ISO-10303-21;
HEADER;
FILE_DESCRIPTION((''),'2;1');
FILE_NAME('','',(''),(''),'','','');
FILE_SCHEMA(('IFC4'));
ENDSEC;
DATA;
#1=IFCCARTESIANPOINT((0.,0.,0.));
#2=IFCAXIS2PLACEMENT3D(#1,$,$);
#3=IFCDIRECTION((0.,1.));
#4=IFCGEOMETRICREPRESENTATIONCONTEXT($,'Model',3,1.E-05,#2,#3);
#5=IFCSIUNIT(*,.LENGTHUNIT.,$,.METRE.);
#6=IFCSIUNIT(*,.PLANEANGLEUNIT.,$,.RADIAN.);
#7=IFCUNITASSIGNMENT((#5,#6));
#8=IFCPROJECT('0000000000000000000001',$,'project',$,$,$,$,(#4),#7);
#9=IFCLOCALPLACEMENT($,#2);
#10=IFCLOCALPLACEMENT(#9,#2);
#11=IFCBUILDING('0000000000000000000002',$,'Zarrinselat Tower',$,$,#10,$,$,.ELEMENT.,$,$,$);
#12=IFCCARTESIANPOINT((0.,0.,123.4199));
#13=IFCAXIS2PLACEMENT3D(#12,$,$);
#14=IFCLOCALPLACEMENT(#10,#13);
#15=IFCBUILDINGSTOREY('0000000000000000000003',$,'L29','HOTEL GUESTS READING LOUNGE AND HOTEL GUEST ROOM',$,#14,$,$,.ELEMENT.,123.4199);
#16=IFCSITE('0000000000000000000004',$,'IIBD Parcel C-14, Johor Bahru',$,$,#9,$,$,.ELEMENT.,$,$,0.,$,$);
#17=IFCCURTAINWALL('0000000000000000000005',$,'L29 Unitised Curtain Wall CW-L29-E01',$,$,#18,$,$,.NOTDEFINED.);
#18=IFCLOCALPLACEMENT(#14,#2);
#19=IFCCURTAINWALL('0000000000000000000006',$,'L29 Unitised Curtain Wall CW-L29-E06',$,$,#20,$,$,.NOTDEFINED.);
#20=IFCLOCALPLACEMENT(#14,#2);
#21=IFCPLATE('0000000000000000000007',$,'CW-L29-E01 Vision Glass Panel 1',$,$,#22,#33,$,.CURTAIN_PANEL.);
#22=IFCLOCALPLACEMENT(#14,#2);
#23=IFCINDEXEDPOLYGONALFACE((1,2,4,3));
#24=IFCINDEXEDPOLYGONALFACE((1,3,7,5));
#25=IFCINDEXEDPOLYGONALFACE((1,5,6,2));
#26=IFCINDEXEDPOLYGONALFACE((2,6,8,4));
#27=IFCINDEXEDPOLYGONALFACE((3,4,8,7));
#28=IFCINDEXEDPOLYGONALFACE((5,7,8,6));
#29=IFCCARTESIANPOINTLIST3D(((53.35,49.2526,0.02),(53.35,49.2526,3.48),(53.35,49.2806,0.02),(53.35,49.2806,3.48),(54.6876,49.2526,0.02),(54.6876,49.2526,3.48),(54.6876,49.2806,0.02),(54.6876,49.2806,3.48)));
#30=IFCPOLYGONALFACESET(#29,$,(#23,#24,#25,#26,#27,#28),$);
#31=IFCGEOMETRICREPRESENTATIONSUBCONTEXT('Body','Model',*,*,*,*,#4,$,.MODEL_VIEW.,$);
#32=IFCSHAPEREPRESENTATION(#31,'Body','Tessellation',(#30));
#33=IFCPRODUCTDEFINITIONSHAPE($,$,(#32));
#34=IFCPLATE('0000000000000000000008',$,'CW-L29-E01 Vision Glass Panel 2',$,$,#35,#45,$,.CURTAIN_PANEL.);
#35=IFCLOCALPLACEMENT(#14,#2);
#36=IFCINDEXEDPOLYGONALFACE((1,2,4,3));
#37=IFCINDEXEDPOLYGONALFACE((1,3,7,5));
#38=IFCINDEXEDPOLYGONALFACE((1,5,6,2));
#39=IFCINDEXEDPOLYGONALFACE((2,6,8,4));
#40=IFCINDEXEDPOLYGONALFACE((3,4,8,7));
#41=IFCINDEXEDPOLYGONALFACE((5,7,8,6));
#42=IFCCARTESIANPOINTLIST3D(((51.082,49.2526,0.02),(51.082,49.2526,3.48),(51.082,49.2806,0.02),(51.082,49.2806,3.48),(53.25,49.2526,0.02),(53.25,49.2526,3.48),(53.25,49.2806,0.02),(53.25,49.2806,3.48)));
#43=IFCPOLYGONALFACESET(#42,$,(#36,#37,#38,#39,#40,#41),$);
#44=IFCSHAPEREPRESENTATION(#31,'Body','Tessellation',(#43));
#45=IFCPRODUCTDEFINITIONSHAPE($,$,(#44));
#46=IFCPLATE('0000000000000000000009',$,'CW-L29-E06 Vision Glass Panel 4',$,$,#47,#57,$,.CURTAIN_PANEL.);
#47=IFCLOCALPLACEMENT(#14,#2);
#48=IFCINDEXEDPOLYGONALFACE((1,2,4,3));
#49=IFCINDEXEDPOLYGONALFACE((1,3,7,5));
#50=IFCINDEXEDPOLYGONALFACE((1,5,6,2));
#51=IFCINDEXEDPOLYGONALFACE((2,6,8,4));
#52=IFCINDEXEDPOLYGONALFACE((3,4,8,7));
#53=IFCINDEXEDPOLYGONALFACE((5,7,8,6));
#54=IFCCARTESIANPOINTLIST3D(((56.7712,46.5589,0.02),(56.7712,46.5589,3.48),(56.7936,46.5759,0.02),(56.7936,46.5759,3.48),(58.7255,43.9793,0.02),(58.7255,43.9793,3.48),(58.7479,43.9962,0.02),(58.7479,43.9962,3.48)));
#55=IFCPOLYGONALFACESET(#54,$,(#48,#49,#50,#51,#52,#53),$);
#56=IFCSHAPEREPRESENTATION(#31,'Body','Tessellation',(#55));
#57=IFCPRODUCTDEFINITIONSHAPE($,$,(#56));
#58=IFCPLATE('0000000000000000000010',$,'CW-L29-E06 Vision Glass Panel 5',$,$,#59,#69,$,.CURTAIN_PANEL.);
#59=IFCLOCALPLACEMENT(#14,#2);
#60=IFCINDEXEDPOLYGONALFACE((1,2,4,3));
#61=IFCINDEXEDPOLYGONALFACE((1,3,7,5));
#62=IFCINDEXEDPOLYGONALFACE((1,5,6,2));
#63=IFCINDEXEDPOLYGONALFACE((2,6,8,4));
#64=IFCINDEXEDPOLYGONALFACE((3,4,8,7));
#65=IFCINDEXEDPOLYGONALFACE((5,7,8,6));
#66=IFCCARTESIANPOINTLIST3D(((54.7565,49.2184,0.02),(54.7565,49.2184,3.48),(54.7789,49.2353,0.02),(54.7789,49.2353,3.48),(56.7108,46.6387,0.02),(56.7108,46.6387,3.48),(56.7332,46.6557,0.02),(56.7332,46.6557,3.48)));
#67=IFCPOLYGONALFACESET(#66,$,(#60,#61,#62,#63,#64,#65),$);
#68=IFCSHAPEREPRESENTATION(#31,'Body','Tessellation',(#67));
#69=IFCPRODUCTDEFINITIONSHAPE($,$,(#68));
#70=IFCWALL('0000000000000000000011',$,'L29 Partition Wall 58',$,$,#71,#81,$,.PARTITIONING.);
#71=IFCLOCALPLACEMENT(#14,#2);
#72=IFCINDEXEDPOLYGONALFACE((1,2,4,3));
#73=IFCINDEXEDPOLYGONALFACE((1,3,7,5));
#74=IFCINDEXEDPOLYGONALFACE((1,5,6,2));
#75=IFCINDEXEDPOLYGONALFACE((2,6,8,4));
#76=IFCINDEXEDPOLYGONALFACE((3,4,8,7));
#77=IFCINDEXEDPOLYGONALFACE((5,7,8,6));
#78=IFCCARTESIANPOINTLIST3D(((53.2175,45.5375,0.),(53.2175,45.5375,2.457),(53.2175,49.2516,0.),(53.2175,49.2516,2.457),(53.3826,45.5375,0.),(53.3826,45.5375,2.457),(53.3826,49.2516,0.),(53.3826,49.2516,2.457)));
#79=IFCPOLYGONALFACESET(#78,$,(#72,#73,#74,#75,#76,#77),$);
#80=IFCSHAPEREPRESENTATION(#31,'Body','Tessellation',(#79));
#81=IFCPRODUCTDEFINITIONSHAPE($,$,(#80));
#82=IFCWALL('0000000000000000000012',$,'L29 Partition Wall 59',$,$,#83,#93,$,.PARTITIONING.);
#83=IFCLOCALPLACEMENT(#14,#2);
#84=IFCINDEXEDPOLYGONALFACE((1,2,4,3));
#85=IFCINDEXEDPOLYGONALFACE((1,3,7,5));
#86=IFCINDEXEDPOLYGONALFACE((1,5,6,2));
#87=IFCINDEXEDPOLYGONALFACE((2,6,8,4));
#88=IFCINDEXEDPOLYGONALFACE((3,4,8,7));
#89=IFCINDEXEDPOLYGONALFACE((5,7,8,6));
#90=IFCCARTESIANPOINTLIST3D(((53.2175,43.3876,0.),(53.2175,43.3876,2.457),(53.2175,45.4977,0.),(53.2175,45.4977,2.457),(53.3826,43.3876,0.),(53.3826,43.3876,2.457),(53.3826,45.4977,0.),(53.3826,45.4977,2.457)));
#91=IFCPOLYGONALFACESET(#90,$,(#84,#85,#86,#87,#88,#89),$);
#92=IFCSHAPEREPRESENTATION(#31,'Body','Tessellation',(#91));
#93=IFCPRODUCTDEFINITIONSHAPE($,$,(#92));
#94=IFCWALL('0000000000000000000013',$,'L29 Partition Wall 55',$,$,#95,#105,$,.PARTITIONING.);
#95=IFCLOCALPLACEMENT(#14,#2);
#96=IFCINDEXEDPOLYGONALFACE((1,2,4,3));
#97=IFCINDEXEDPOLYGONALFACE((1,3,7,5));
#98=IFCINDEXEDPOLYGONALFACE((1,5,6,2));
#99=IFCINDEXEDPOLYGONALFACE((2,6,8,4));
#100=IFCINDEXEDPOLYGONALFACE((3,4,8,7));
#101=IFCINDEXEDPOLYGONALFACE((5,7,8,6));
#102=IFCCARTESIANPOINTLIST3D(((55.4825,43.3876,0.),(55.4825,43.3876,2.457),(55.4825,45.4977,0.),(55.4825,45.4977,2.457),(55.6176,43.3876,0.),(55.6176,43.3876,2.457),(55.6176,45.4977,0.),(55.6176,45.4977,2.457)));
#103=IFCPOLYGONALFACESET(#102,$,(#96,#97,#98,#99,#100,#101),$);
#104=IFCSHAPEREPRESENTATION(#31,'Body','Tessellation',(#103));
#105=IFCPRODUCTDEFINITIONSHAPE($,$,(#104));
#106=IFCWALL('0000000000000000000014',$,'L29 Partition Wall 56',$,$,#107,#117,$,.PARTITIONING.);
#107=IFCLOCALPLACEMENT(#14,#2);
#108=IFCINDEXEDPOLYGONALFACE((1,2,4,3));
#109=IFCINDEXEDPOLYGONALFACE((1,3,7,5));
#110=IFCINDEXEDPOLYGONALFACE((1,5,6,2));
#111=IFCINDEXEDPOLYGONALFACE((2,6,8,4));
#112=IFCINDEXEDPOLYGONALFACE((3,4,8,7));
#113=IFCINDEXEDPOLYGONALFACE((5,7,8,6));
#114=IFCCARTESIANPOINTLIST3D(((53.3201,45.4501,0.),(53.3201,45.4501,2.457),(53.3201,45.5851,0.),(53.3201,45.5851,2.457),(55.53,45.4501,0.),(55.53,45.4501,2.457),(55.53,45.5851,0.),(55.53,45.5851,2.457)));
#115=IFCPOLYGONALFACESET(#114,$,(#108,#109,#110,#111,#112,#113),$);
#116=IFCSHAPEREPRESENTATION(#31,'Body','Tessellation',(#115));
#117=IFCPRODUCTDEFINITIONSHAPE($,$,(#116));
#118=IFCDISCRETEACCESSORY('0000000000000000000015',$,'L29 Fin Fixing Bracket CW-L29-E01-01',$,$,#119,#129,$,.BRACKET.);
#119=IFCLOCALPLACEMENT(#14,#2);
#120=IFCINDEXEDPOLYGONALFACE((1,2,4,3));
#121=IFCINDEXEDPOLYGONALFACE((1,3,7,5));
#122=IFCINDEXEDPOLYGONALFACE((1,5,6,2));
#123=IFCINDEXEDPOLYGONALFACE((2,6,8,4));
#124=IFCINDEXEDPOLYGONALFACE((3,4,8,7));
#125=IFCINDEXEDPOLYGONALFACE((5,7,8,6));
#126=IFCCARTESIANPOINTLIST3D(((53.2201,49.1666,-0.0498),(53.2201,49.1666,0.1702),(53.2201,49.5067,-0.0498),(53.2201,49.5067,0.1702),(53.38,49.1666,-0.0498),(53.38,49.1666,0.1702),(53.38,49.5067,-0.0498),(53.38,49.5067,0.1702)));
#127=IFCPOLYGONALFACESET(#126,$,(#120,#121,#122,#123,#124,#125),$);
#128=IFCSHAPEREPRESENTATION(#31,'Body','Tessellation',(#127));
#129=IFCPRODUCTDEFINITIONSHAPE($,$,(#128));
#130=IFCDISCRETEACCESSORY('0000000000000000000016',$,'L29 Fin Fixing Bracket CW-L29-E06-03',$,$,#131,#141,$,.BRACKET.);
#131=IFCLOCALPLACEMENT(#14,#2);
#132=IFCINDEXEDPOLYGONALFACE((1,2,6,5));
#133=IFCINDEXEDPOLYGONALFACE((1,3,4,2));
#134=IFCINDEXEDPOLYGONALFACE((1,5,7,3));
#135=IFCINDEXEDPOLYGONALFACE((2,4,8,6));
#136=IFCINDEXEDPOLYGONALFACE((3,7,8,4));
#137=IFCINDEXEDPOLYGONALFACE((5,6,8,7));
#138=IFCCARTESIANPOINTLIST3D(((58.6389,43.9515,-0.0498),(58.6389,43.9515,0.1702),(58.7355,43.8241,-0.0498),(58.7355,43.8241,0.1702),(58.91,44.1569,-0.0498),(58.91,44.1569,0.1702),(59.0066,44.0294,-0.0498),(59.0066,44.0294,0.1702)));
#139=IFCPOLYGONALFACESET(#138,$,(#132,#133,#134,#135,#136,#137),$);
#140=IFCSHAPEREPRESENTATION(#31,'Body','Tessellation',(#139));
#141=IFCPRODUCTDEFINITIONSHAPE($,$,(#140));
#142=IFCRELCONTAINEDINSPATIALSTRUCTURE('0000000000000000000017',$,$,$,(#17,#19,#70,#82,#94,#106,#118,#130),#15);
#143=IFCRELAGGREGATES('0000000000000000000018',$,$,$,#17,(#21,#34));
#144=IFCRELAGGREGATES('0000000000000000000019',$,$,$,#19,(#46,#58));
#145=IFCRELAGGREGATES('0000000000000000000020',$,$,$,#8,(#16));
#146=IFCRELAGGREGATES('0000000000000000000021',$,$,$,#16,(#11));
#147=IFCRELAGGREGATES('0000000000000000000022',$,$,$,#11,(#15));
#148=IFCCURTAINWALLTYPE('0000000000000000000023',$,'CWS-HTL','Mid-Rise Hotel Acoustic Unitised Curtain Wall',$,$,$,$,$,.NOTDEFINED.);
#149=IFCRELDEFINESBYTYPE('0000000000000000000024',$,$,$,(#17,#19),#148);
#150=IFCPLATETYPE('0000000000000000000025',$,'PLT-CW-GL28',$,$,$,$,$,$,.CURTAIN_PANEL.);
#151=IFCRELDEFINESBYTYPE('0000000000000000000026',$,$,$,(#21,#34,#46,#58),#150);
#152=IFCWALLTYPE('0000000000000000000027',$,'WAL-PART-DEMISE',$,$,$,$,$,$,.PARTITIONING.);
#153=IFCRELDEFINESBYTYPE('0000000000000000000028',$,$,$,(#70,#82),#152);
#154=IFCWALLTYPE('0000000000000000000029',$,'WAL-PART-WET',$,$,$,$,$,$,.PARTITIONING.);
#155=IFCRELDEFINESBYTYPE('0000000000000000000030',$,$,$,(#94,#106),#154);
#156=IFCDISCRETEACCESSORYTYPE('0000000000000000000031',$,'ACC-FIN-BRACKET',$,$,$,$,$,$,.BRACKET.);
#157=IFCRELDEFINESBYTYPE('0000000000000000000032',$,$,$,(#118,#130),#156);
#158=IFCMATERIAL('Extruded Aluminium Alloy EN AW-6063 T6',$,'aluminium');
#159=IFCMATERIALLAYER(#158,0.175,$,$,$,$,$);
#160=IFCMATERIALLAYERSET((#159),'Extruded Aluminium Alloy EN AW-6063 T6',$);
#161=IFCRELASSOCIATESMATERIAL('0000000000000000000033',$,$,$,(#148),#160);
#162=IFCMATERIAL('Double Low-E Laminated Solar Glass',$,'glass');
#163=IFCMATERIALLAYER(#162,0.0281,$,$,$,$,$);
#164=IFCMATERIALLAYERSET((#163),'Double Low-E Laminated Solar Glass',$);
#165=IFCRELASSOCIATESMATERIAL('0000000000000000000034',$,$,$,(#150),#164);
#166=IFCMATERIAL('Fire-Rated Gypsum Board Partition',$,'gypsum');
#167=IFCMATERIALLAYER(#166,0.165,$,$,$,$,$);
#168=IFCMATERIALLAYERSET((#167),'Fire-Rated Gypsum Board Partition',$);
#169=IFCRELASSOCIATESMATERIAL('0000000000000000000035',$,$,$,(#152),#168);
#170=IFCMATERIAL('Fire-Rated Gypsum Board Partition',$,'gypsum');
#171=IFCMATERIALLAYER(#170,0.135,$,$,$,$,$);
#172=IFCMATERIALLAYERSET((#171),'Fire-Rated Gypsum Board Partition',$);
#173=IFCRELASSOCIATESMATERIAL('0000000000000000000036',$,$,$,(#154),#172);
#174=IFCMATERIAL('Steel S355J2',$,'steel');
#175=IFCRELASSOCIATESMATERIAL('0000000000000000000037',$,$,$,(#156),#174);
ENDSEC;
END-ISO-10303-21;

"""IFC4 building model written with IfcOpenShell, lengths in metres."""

from ifc_helpers import new_model, si_unit, direction, frame, frame_2d, origin, origin_2d, place, context, subcontext, project, spatial, rectangle, extrude, material, layer, layer_set, type_object, element, aggregate, save


model = new_model("IFC4")

# Units and contexts
model_context = context("Model", 3, precision=1e-05, world=origin(), true_north=direction((0.0, 1.0)))
body_context = subcontext(model_context, "Body", "Model", "MODEL_VIEW")
ifc_project = project(units=[si_unit("LENGTHUNIT", "METRE"), si_unit("PLANEANGLEUNIT", "RADIAN")], contexts=[model_context])

# Site, building, storey
site_placement = place(None, origin())
site = spatial("IfcSite", under=ifc_project, at=site_placement, Name="IIBD Parcel C-14, Johor Bahru", CompositionType="ELEMENT", RefElevation=0.0)
building_placement = place(site_placement, origin())
building = spatial("IfcBuilding", under=site, at=building_placement, Name="Zarrinselat Tower", CompositionType="ELEMENT")
storey_placement = place(building_placement, frame((0.0, 0.0, 123.4199)))
storey = spatial("IfcBuildingStorey", under=building, at=storey_placement, Name="L29", Description="HOTEL GUESTS READING LOUNGE AND HOTEL GUEST ROOM", CompositionType="ELEMENT", Elevation=123.4199)

# Curtain walls
ifc_material_1 = material(Name="Extruded Aluminium Alloy EN AW-6063 T6", Category="aluminium")
ifc_layer_1 = layer(ifc_material_1, 0.175)
ifc_layer_set_1 = layer_set([ifc_layer_1], Name="Extruded Aluminium Alloy EN AW-6063 T6")
curtain_wall_type = type_object("IfcCurtainWallType", Name="CWS-HTL", Description="Mid-Rise Hotel Acoustic Unitised Curtain Wall", PredefinedType="NOTDEFINED", material=ifc_layer_set_1)
curtain_wall_1_placement = place(storey_placement, origin())
curtain_wall_1 = element("IfcCurtainWall", 1, at=curtain_wall_1_placement, inside=storey, type_object=curtain_wall_type, Name="L29 Unitised Curtain Wall CW-L29-E01", PredefinedType="NOTDEFINED")
curtain_wall_2_placement = place(storey_placement, origin())
curtain_wall_2 = element("IfcCurtainWall", 2, at=curtain_wall_2_placement, inside=storey, type_object=curtain_wall_type, Name="L29 Unitised Curtain Wall CW-L29-E06", PredefinedType="NOTDEFINED")

# Plates
ifc_material_2 = material(Name="Double Low-E Laminated Solar Glass", Category="glass")
ifc_layer_2 = layer(ifc_material_2, 0.0281)
ifc_layer_set_2 = layer_set([ifc_layer_2], Name="Double Low-E Laminated Solar Glass")
plate_type = type_object("IfcPlateType", Name="PLT-CW-GL28", PredefinedType="CURTAIN_PANEL", material=ifc_layer_set_2)
plate_1_placement = place(storey_placement, frame((54.0188, 49.2666, 0.02), z_axis=(0.0, 0.0, 1.0), x_axis=(-1.0, 0.0, 0.0)))
plate_1 = element("IfcPlate", 3, at=plate_1_placement, type_object=plate_type, Name="CW-L29-E01 Vision Glass Panel 1", PredefinedType="CURTAIN_PANEL", context=body_context, shape_type="SweptSolid", body=[
    extrude(rectangle(XDim=1.3376, YDim=0.0281, at=origin_2d()), origin(), (0.0, 0.0, 1.0), 3.46),
])
plate_2_placement = place(storey_placement, frame((52.166, 49.2666, 0.02), z_axis=(0.0, 0.0, 1.0), x_axis=(-1.0, 0.0, 0.0)))
plate_2 = element("IfcPlate", 4, at=plate_2_placement, type_object=plate_type, Name="CW-L29-E01 Vision Glass Panel 2", PredefinedType="CURTAIN_PANEL", context=body_context, shape_type="SweptSolid", body=[
    extrude(rectangle(XDim=2.168, YDim=0.0281, at=origin_2d()), origin(), (0.0, 0.0, 1.0), 3.46),
])
aggregate(curtain_wall_1, [plate_1, plate_2])
plate_3_placement = place(storey_placement, frame((57.7595, 45.2776, 0.02), z_axis=(0.0, 0.0, 1.0), x_axis=(-0.603858, 0.797092, 0.0)))
plate_3 = element("IfcPlate", 5, at=plate_3_placement, type_object=plate_type, Name="CW-L29-E06 Vision Glass Panel 4", PredefinedType="CURTAIN_PANEL", context=body_context, shape_type="SweptSolid", body=[
    extrude(rectangle(XDim=3.2363, YDim=0.0281, at=origin_2d()), origin(), (0.0, 0.0, 1.0), 3.46),
])
plate_4_placement = place(storey_placement, frame((55.7449, 47.937, 0.02), z_axis=(0.0, 0.0, 1.0), x_axis=(-0.603858, 0.797092, 0.0)))
plate_4 = element("IfcPlate", 6, at=plate_4_placement, type_object=plate_type, Name="CW-L29-E06 Vision Glass Panel 5", PredefinedType="CURTAIN_PANEL", context=body_context, shape_type="SweptSolid", body=[
    extrude(rectangle(XDim=3.2363, YDim=0.0281, at=origin_2d()), origin(), (0.0, 0.0, 1.0), 3.46),
])
aggregate(curtain_wall_2, [plate_3, plate_4])

# Walls
ifc_material_3 = material(Name="Fire-Rated Gypsum Board Partition", Category="gypsum")
ifc_layer_3 = layer(ifc_material_3, 0.165)
ifc_layer_set_3 = layer_set([ifc_layer_3], Name="Fire-Rated Gypsum Board Partition")
wall_type_1 = type_object("IfcWallType", Name="WAL-PART-DEMISE", PredefinedType="PARTITIONING", material=ifc_layer_set_3)
wall_1_placement = place(storey_placement, frame((53.3, 45.5376, 0.0), z_axis=(0.0, 0.0, 1.0), x_axis=(0.0, 1.0, 0.0)))
element("IfcWall", 7, at=wall_1_placement, inside=storey, type_object=wall_type_1, Name="L29 Partition Wall 58", PredefinedType="PARTITIONING", context=body_context, shape_type="SweptSolid", body=[
    extrude(rectangle(XDim=3.7141, YDim=0.165, at=frame_2d((1.8569, 0.0))), origin(), (0.0, 0.0, 1.0), 2.457),
])
wall_2_placement = place(storey_placement, frame((53.3, 43.3875, 0.0), z_axis=(0.0, 0.0, 1.0), x_axis=(0.0, 1.0, 0.0)))
element("IfcWall", 8, at=wall_2_placement, inside=storey, type_object=wall_type_1, Name="L29 Partition Wall 59", PredefinedType="PARTITIONING", context=body_context, shape_type="SweptSolid", body=[
    extrude(rectangle(XDim=2.1101, YDim=0.165, at=frame_2d((1.0552, 0.0))), origin(), (0.0, 0.0, 1.0), 2.457),
])
ifc_material_4 = material(Name="Fire-Rated Gypsum Board Partition", Category="gypsum")
ifc_layer_4 = layer(ifc_material_4, 0.135)
ifc_layer_set_4 = layer_set([ifc_layer_4], Name="Fire-Rated Gypsum Board Partition")
wall_type_2 = type_object("IfcWallType", Name="WAL-PART-WET", PredefinedType="PARTITIONING", material=ifc_layer_set_4)
wall_3_placement = place(storey_placement, frame((55.55, 43.3875, 0.0), z_axis=(0.0, 0.0, 1.0), x_axis=(0.0, 1.0, 0.0)))
element("IfcWall", 9, at=wall_3_placement, inside=storey, type_object=wall_type_2, Name="L29 Partition Wall 55", PredefinedType="PARTITIONING", context=body_context, shape_type="SweptSolid", body=[
    extrude(rectangle(XDim=2.1101, YDim=0.135, at=frame_2d((1.0552, 0.0))), origin(), (0.0, 0.0, 1.0), 2.457),
])
wall_4_placement = place(storey_placement, frame((53.3201, 45.5176, 0.0), z_axis=(0.0, 0.0, 1.0), x_axis=(1.0, 0.0, 0.0)))
element("IfcWall", 10, at=wall_4_placement, inside=storey, type_object=wall_type_2, Name="L29 Partition Wall 56", PredefinedType="PARTITIONING", context=body_context, shape_type="SweptSolid", body=[
    extrude(rectangle(XDim=2.21, YDim=0.135, at=frame_2d((1.105, 0.0))), origin(), (0.0, 0.0, 1.0), 2.457),
])

# Discrete accessories
ifc_material_5 = material(Name="Steel S355J2", Category="steel")
discrete_accessory_type = type_object("IfcDiscreteAccessoryType", Name="ACC-FIN-BRACKET", PredefinedType="BRACKET", material=ifc_material_5)
for number, where, z_axis, x_axis, name in (
    (11, (53.3, 49.3367, -0.0498), (0.0, 0.0, 1.0), (0.0, 1.0, 0.0), "L29 Fin Fixing Bracket CW-L29-E01-01"),
    (12, (58.8228, 43.9905, -0.0498), (0.0, 0.0, 1.0), (0.797092, 0.603858, 0.0), "L29 Fin Fixing Bracket CW-L29-E06-03"),
):
    element("IfcDiscreteAccessory", number, at=place(storey_placement, frame(where, z_axis=z_axis, x_axis=x_axis)), inside=storey, type_object=discrete_accessory_type, Name=name, PredefinedType="BRACKET", context=body_context, shape_type="SweptSolid", body=[
        extrude(rectangle(XDim=0.3401, YDim=0.1599, at=origin_2d()), origin(), (0.0, 0.0, 1.0), 0.22),
    ])

save(model, "model.ifc")
